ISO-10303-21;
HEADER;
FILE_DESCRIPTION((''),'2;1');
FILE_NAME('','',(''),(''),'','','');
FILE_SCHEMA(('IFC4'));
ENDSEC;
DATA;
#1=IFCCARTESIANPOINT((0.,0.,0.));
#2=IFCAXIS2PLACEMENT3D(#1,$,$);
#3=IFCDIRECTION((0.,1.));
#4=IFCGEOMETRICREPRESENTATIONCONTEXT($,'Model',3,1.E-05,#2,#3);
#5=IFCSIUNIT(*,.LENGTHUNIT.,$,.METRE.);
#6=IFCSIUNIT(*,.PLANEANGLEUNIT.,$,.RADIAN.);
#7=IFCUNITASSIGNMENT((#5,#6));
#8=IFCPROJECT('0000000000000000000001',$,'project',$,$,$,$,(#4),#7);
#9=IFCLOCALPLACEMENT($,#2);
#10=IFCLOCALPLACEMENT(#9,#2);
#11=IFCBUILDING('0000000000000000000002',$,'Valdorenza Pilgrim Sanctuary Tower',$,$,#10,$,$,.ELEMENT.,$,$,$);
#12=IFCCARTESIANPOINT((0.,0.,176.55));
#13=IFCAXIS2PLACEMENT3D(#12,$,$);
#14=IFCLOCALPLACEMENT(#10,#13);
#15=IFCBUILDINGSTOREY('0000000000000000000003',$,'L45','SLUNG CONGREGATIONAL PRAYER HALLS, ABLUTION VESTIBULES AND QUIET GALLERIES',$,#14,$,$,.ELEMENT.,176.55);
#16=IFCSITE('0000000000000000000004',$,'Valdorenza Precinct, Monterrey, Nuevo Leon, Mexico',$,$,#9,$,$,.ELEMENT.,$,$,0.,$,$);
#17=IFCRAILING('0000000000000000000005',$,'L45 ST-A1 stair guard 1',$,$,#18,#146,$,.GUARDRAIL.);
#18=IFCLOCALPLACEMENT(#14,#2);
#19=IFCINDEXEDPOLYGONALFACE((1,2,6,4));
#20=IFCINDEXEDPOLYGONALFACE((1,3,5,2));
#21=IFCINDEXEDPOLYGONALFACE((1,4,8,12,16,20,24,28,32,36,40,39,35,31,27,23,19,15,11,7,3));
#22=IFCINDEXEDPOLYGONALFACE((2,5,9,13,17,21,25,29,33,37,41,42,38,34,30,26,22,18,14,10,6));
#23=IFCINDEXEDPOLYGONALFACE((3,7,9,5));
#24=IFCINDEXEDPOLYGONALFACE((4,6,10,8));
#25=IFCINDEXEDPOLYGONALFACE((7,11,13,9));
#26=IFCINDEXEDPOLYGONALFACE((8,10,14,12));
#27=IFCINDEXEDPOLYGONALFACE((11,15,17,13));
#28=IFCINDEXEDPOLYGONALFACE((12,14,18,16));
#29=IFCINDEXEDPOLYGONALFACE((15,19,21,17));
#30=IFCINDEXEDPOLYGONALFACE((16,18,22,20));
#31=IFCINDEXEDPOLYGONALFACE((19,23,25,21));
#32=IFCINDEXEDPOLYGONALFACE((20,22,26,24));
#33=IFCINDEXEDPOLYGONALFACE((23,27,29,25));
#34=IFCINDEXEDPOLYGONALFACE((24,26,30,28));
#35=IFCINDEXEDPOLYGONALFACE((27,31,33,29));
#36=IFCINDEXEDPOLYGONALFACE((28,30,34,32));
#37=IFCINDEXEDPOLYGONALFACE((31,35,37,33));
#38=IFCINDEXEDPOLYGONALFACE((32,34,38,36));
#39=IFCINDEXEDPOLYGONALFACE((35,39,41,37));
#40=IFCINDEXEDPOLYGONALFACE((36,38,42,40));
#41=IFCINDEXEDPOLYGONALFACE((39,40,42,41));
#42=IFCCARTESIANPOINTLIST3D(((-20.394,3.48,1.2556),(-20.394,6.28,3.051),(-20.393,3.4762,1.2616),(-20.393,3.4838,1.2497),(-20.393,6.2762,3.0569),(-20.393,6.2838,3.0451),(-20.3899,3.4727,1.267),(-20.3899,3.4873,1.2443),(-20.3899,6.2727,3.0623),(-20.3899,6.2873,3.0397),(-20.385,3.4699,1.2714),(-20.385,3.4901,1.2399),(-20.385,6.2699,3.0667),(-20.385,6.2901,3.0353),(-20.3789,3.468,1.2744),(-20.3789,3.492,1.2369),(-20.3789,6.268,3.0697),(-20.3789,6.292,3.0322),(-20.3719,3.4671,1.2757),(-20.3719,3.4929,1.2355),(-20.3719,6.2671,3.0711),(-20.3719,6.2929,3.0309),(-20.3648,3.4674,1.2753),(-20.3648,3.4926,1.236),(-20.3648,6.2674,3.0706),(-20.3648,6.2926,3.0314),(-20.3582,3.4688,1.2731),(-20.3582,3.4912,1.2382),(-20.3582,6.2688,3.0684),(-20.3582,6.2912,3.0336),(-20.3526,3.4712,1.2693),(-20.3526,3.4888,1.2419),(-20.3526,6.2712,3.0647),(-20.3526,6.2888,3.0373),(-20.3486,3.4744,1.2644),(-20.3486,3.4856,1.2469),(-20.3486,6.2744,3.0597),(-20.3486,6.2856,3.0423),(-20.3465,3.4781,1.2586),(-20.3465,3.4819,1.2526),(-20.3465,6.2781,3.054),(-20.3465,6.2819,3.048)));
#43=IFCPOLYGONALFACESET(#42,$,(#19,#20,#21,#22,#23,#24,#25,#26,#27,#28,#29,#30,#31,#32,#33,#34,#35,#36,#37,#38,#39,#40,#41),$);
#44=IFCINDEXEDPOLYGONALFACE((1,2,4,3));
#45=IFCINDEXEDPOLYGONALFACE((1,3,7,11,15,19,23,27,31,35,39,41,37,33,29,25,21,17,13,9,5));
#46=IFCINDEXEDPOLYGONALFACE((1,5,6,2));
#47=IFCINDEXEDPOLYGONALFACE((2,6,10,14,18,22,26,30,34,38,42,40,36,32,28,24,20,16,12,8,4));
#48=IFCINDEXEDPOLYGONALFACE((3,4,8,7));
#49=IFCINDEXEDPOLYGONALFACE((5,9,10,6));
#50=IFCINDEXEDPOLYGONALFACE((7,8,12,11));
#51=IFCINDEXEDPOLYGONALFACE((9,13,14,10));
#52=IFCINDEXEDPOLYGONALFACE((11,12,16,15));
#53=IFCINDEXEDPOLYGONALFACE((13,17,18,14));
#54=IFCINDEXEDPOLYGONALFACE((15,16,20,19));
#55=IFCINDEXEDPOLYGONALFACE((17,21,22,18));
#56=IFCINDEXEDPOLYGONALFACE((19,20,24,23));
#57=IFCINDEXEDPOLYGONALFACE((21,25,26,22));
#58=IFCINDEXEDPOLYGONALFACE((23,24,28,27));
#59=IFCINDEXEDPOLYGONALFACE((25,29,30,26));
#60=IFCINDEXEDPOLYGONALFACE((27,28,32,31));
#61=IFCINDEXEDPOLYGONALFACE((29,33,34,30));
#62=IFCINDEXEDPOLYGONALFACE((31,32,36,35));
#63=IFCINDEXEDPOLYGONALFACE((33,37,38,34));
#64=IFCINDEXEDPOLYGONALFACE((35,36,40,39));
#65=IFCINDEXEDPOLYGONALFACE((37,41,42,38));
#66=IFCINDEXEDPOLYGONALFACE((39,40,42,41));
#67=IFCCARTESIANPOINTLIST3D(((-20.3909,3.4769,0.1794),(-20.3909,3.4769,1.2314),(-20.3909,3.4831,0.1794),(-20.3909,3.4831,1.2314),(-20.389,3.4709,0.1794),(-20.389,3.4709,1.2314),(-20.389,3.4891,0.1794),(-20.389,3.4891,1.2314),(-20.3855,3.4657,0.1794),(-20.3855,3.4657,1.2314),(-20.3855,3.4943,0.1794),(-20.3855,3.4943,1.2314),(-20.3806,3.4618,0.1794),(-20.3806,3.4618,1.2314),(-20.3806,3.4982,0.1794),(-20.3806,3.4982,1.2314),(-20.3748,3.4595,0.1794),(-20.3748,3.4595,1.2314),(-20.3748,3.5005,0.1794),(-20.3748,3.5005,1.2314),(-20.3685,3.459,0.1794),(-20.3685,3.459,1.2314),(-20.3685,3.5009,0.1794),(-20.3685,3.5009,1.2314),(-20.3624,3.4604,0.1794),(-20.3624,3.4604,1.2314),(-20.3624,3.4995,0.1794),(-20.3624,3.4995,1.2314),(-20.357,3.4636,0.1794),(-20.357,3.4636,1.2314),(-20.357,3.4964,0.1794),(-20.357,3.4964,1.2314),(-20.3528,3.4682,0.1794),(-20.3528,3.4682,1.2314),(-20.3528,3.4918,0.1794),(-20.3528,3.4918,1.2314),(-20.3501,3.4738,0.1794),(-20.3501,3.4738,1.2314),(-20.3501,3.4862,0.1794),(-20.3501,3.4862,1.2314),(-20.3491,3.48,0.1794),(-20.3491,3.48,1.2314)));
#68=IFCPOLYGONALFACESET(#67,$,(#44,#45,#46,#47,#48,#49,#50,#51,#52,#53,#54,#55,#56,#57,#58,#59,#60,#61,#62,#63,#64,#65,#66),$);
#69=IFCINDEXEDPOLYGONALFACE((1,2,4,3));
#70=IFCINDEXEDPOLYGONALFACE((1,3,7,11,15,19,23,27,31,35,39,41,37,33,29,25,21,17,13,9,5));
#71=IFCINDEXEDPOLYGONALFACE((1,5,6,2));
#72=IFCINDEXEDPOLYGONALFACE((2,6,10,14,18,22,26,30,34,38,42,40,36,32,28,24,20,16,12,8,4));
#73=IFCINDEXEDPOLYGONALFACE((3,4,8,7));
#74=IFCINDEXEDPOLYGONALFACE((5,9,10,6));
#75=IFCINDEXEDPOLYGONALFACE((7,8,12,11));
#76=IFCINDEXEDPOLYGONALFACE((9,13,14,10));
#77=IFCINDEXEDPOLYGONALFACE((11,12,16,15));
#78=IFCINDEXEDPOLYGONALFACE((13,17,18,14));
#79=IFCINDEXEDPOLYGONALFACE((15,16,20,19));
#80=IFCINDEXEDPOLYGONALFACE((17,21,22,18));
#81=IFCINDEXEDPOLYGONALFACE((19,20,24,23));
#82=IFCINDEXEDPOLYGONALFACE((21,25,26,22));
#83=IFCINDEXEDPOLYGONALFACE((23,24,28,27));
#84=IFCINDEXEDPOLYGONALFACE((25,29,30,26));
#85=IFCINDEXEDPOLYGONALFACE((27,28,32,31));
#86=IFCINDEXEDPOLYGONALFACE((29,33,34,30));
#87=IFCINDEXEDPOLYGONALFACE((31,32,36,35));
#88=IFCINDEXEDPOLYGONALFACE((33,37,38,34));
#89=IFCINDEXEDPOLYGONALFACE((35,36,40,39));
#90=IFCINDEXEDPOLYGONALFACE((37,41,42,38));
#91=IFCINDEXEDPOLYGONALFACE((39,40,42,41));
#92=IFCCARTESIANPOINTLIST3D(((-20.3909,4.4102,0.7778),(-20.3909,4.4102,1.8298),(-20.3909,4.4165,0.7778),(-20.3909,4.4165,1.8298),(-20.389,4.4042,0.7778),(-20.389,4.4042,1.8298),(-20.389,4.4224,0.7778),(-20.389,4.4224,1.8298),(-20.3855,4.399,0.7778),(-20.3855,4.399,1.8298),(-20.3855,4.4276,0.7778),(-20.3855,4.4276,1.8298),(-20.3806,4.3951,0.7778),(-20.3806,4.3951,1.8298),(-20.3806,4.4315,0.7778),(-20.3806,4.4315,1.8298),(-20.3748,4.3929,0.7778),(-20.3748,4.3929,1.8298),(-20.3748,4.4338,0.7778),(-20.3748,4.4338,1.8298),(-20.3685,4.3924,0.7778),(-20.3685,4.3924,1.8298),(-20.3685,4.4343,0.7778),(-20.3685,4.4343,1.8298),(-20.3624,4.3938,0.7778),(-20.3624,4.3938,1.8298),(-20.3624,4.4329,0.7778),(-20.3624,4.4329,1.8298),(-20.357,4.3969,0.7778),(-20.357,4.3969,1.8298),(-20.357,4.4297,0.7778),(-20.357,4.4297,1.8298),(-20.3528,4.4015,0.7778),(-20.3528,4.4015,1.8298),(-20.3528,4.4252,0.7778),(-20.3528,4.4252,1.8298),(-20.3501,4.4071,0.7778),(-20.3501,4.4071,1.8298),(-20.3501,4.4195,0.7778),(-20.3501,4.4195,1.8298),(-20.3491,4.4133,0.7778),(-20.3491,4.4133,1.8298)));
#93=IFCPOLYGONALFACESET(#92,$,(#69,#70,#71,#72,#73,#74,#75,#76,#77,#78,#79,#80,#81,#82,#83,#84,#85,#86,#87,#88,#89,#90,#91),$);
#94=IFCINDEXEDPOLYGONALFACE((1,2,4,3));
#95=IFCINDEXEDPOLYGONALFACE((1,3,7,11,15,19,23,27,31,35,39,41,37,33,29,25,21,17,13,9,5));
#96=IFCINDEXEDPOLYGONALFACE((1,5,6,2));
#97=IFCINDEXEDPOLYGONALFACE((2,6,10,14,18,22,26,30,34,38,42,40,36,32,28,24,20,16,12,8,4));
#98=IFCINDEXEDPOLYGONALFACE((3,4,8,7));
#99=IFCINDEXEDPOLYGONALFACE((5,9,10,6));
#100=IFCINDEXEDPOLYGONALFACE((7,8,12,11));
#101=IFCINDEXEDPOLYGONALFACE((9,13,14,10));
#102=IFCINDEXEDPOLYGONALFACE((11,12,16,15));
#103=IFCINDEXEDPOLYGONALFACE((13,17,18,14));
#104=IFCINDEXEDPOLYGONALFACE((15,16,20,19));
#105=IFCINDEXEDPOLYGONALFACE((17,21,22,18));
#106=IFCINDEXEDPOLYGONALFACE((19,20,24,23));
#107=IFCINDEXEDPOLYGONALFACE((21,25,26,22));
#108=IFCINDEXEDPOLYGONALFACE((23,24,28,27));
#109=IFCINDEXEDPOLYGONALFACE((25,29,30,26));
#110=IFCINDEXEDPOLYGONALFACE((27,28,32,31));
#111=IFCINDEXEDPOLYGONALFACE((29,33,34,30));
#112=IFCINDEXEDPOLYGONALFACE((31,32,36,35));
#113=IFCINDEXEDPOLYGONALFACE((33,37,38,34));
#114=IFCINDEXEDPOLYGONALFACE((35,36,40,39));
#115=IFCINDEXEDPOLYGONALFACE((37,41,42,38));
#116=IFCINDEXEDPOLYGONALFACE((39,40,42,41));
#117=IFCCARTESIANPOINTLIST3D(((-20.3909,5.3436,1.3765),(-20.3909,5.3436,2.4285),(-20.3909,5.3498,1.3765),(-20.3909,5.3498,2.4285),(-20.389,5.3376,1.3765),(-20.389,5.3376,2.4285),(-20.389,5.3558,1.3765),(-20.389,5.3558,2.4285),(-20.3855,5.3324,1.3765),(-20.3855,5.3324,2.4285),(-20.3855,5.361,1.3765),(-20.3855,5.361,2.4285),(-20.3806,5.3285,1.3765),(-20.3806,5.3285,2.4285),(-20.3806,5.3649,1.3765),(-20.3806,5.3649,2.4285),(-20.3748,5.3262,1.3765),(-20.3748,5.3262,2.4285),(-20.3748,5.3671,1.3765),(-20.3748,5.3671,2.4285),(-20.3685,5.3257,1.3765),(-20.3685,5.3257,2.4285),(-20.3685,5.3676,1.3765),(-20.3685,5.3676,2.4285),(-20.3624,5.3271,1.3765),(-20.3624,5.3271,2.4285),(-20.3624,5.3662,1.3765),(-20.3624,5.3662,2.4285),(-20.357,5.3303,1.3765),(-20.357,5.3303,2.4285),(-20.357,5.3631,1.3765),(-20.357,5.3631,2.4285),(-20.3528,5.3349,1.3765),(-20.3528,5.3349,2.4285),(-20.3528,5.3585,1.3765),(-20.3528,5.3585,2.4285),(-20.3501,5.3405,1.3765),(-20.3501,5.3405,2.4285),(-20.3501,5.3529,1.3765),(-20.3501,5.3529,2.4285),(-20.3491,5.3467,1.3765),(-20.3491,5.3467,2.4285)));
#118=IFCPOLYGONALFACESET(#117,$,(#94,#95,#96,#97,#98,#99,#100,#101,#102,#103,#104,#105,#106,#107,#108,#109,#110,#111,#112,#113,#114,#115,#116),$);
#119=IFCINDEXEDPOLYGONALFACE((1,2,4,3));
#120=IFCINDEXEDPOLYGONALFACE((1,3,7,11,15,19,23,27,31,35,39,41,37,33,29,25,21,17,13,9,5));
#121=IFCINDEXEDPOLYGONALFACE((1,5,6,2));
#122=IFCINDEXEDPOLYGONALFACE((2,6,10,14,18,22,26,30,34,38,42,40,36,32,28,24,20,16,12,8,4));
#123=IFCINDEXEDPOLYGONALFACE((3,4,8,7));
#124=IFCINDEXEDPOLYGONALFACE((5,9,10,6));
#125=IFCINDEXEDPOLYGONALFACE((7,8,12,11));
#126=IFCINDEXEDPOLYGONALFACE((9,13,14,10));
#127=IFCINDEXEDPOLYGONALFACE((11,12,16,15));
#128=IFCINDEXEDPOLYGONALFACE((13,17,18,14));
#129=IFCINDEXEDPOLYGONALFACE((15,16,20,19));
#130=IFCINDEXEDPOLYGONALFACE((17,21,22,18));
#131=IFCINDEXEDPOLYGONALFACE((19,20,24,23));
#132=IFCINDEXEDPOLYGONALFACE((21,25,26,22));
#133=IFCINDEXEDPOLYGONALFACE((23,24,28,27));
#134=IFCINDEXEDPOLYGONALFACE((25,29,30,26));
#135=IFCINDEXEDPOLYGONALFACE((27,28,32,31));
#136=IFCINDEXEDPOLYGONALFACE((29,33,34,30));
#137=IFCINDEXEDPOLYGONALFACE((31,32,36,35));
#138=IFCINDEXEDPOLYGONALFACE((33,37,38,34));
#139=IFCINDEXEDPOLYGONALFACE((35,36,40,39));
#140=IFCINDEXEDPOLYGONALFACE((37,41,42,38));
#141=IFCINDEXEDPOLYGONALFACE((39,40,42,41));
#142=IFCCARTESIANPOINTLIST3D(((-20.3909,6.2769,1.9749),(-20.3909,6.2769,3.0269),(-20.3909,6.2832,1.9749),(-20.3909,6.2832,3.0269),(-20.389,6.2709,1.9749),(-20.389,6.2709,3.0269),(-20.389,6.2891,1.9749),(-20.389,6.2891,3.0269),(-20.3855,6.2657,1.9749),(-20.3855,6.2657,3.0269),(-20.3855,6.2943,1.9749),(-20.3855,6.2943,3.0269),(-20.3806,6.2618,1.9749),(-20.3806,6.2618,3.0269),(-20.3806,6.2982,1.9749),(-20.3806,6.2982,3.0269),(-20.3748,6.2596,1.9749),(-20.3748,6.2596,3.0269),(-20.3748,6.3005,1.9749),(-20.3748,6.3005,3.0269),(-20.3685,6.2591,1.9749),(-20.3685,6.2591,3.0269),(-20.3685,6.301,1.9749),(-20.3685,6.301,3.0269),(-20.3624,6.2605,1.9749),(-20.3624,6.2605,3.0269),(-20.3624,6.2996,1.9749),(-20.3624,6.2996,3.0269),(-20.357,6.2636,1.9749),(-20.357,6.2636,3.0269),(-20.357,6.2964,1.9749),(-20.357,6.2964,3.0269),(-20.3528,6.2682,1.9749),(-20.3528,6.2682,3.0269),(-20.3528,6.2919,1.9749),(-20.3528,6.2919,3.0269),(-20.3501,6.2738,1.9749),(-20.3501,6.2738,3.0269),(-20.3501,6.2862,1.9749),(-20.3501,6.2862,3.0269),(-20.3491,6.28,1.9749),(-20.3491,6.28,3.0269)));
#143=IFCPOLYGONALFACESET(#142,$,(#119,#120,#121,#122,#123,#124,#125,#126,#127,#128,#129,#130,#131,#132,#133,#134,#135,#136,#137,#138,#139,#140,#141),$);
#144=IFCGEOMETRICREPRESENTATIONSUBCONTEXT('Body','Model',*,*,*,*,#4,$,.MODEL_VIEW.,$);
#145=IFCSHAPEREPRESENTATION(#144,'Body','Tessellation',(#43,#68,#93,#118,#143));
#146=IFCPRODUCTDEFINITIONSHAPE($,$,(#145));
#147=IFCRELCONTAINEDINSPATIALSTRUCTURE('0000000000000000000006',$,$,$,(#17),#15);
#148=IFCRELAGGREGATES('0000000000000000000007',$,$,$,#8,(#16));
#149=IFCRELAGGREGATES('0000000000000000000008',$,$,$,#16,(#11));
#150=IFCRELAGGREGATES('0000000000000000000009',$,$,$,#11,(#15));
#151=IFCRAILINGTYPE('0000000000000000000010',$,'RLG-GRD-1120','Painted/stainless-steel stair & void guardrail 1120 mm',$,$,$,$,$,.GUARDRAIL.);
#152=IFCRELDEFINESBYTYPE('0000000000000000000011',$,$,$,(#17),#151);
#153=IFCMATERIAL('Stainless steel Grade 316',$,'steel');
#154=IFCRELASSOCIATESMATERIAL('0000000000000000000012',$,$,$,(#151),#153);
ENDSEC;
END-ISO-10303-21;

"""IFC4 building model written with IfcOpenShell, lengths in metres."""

from ifc_helpers import new_model, si_unit, direction, frame, origin, origin_2d, place, context, subcontext, project, spatial, circle, extrude, material, type_object, element, save


model = new_model("IFC4")

# Units and contexts
model_context = context("Model", 3, precision=1e-05, world=origin(), true_north=direction((0.0, 1.0)))
body_context = subcontext(model_context, "Body", "Model", "MODEL_VIEW")
ifc_project = project(units=[si_unit("LENGTHUNIT", "METRE"), si_unit("PLANEANGLEUNIT", "RADIAN")], contexts=[model_context])

# Site, building, storey
site_placement = place(None, origin())
site = spatial("IfcSite", under=ifc_project, at=site_placement, Name="Valdorenza Precinct, Monterrey, Nuevo Leon, Mexico", CompositionType="ELEMENT", RefElevation=0.0)
building_placement = place(site_placement, origin())
building = spatial("IfcBuilding", under=site, at=building_placement, Name="Valdorenza Pilgrim Sanctuary Tower", CompositionType="ELEMENT")
storey_placement = place(building_placement, frame((0.0, 0.0, 176.55)))
storey = spatial("IfcBuildingStorey", under=building, at=storey_placement, Name="L45", Description="SLUNG CONGREGATIONAL PRAYER HALLS, ABLUTION VESTIBULES AND QUIET GALLERIES", CompositionType="ELEMENT", Elevation=176.55)

# Railing
ifc_material_1 = material(Name="Stainless steel Grade 316", Category="steel")
railing_type_1 = type_object("IfcRailingType", Name="RLG-GRD-1120", Description="Painted/stainless-steel stair & void guardrail 1120 mm", PredefinedType="GUARDRAIL", material=ifc_material_1)
railing_1_placement = place(storey_placement, frame((-20.3701, 3.48, 0.1794)))
element("IfcRailing", 1, at=railing_1_placement, inside=storey, type_object=railing_type_1, Name="L45 ST-A1 stair guard 1", PredefinedType="GUARDRAIL", context=body_context, shape_type="SweptSolid", body=[
    extrude(circle(Radius=0.0239, at=origin_2d()), frame((0.0, 0.0, 1.0762), z_axis=(0.0, 0.84181, 0.539774), x_axis=(-1.0, 0.0, 0.0)), (0.0, 0.0, 1.0), 3.3262),
    extrude(circle(Radius=0.021, at=origin_2d()), origin(), (0.0, 0.0, 1.0), 1.052),
    extrude(circle(Radius=0.021, at=origin_2d()), frame((0.0, 0.9333, 0.5984)), (0.0, 0.0, 1.0), 1.052),
    extrude(circle(Radius=0.021, at=origin_2d()), frame((0.0, 1.8667, 1.197)), (0.0, 0.0, 1.0), 1.052),
    extrude(circle(Radius=0.021, at=origin_2d()), frame((0.0, 2.8, 1.7954)), (0.0, 0.0, 1.0), 1.052),
])

save(model, "model.ifc")
